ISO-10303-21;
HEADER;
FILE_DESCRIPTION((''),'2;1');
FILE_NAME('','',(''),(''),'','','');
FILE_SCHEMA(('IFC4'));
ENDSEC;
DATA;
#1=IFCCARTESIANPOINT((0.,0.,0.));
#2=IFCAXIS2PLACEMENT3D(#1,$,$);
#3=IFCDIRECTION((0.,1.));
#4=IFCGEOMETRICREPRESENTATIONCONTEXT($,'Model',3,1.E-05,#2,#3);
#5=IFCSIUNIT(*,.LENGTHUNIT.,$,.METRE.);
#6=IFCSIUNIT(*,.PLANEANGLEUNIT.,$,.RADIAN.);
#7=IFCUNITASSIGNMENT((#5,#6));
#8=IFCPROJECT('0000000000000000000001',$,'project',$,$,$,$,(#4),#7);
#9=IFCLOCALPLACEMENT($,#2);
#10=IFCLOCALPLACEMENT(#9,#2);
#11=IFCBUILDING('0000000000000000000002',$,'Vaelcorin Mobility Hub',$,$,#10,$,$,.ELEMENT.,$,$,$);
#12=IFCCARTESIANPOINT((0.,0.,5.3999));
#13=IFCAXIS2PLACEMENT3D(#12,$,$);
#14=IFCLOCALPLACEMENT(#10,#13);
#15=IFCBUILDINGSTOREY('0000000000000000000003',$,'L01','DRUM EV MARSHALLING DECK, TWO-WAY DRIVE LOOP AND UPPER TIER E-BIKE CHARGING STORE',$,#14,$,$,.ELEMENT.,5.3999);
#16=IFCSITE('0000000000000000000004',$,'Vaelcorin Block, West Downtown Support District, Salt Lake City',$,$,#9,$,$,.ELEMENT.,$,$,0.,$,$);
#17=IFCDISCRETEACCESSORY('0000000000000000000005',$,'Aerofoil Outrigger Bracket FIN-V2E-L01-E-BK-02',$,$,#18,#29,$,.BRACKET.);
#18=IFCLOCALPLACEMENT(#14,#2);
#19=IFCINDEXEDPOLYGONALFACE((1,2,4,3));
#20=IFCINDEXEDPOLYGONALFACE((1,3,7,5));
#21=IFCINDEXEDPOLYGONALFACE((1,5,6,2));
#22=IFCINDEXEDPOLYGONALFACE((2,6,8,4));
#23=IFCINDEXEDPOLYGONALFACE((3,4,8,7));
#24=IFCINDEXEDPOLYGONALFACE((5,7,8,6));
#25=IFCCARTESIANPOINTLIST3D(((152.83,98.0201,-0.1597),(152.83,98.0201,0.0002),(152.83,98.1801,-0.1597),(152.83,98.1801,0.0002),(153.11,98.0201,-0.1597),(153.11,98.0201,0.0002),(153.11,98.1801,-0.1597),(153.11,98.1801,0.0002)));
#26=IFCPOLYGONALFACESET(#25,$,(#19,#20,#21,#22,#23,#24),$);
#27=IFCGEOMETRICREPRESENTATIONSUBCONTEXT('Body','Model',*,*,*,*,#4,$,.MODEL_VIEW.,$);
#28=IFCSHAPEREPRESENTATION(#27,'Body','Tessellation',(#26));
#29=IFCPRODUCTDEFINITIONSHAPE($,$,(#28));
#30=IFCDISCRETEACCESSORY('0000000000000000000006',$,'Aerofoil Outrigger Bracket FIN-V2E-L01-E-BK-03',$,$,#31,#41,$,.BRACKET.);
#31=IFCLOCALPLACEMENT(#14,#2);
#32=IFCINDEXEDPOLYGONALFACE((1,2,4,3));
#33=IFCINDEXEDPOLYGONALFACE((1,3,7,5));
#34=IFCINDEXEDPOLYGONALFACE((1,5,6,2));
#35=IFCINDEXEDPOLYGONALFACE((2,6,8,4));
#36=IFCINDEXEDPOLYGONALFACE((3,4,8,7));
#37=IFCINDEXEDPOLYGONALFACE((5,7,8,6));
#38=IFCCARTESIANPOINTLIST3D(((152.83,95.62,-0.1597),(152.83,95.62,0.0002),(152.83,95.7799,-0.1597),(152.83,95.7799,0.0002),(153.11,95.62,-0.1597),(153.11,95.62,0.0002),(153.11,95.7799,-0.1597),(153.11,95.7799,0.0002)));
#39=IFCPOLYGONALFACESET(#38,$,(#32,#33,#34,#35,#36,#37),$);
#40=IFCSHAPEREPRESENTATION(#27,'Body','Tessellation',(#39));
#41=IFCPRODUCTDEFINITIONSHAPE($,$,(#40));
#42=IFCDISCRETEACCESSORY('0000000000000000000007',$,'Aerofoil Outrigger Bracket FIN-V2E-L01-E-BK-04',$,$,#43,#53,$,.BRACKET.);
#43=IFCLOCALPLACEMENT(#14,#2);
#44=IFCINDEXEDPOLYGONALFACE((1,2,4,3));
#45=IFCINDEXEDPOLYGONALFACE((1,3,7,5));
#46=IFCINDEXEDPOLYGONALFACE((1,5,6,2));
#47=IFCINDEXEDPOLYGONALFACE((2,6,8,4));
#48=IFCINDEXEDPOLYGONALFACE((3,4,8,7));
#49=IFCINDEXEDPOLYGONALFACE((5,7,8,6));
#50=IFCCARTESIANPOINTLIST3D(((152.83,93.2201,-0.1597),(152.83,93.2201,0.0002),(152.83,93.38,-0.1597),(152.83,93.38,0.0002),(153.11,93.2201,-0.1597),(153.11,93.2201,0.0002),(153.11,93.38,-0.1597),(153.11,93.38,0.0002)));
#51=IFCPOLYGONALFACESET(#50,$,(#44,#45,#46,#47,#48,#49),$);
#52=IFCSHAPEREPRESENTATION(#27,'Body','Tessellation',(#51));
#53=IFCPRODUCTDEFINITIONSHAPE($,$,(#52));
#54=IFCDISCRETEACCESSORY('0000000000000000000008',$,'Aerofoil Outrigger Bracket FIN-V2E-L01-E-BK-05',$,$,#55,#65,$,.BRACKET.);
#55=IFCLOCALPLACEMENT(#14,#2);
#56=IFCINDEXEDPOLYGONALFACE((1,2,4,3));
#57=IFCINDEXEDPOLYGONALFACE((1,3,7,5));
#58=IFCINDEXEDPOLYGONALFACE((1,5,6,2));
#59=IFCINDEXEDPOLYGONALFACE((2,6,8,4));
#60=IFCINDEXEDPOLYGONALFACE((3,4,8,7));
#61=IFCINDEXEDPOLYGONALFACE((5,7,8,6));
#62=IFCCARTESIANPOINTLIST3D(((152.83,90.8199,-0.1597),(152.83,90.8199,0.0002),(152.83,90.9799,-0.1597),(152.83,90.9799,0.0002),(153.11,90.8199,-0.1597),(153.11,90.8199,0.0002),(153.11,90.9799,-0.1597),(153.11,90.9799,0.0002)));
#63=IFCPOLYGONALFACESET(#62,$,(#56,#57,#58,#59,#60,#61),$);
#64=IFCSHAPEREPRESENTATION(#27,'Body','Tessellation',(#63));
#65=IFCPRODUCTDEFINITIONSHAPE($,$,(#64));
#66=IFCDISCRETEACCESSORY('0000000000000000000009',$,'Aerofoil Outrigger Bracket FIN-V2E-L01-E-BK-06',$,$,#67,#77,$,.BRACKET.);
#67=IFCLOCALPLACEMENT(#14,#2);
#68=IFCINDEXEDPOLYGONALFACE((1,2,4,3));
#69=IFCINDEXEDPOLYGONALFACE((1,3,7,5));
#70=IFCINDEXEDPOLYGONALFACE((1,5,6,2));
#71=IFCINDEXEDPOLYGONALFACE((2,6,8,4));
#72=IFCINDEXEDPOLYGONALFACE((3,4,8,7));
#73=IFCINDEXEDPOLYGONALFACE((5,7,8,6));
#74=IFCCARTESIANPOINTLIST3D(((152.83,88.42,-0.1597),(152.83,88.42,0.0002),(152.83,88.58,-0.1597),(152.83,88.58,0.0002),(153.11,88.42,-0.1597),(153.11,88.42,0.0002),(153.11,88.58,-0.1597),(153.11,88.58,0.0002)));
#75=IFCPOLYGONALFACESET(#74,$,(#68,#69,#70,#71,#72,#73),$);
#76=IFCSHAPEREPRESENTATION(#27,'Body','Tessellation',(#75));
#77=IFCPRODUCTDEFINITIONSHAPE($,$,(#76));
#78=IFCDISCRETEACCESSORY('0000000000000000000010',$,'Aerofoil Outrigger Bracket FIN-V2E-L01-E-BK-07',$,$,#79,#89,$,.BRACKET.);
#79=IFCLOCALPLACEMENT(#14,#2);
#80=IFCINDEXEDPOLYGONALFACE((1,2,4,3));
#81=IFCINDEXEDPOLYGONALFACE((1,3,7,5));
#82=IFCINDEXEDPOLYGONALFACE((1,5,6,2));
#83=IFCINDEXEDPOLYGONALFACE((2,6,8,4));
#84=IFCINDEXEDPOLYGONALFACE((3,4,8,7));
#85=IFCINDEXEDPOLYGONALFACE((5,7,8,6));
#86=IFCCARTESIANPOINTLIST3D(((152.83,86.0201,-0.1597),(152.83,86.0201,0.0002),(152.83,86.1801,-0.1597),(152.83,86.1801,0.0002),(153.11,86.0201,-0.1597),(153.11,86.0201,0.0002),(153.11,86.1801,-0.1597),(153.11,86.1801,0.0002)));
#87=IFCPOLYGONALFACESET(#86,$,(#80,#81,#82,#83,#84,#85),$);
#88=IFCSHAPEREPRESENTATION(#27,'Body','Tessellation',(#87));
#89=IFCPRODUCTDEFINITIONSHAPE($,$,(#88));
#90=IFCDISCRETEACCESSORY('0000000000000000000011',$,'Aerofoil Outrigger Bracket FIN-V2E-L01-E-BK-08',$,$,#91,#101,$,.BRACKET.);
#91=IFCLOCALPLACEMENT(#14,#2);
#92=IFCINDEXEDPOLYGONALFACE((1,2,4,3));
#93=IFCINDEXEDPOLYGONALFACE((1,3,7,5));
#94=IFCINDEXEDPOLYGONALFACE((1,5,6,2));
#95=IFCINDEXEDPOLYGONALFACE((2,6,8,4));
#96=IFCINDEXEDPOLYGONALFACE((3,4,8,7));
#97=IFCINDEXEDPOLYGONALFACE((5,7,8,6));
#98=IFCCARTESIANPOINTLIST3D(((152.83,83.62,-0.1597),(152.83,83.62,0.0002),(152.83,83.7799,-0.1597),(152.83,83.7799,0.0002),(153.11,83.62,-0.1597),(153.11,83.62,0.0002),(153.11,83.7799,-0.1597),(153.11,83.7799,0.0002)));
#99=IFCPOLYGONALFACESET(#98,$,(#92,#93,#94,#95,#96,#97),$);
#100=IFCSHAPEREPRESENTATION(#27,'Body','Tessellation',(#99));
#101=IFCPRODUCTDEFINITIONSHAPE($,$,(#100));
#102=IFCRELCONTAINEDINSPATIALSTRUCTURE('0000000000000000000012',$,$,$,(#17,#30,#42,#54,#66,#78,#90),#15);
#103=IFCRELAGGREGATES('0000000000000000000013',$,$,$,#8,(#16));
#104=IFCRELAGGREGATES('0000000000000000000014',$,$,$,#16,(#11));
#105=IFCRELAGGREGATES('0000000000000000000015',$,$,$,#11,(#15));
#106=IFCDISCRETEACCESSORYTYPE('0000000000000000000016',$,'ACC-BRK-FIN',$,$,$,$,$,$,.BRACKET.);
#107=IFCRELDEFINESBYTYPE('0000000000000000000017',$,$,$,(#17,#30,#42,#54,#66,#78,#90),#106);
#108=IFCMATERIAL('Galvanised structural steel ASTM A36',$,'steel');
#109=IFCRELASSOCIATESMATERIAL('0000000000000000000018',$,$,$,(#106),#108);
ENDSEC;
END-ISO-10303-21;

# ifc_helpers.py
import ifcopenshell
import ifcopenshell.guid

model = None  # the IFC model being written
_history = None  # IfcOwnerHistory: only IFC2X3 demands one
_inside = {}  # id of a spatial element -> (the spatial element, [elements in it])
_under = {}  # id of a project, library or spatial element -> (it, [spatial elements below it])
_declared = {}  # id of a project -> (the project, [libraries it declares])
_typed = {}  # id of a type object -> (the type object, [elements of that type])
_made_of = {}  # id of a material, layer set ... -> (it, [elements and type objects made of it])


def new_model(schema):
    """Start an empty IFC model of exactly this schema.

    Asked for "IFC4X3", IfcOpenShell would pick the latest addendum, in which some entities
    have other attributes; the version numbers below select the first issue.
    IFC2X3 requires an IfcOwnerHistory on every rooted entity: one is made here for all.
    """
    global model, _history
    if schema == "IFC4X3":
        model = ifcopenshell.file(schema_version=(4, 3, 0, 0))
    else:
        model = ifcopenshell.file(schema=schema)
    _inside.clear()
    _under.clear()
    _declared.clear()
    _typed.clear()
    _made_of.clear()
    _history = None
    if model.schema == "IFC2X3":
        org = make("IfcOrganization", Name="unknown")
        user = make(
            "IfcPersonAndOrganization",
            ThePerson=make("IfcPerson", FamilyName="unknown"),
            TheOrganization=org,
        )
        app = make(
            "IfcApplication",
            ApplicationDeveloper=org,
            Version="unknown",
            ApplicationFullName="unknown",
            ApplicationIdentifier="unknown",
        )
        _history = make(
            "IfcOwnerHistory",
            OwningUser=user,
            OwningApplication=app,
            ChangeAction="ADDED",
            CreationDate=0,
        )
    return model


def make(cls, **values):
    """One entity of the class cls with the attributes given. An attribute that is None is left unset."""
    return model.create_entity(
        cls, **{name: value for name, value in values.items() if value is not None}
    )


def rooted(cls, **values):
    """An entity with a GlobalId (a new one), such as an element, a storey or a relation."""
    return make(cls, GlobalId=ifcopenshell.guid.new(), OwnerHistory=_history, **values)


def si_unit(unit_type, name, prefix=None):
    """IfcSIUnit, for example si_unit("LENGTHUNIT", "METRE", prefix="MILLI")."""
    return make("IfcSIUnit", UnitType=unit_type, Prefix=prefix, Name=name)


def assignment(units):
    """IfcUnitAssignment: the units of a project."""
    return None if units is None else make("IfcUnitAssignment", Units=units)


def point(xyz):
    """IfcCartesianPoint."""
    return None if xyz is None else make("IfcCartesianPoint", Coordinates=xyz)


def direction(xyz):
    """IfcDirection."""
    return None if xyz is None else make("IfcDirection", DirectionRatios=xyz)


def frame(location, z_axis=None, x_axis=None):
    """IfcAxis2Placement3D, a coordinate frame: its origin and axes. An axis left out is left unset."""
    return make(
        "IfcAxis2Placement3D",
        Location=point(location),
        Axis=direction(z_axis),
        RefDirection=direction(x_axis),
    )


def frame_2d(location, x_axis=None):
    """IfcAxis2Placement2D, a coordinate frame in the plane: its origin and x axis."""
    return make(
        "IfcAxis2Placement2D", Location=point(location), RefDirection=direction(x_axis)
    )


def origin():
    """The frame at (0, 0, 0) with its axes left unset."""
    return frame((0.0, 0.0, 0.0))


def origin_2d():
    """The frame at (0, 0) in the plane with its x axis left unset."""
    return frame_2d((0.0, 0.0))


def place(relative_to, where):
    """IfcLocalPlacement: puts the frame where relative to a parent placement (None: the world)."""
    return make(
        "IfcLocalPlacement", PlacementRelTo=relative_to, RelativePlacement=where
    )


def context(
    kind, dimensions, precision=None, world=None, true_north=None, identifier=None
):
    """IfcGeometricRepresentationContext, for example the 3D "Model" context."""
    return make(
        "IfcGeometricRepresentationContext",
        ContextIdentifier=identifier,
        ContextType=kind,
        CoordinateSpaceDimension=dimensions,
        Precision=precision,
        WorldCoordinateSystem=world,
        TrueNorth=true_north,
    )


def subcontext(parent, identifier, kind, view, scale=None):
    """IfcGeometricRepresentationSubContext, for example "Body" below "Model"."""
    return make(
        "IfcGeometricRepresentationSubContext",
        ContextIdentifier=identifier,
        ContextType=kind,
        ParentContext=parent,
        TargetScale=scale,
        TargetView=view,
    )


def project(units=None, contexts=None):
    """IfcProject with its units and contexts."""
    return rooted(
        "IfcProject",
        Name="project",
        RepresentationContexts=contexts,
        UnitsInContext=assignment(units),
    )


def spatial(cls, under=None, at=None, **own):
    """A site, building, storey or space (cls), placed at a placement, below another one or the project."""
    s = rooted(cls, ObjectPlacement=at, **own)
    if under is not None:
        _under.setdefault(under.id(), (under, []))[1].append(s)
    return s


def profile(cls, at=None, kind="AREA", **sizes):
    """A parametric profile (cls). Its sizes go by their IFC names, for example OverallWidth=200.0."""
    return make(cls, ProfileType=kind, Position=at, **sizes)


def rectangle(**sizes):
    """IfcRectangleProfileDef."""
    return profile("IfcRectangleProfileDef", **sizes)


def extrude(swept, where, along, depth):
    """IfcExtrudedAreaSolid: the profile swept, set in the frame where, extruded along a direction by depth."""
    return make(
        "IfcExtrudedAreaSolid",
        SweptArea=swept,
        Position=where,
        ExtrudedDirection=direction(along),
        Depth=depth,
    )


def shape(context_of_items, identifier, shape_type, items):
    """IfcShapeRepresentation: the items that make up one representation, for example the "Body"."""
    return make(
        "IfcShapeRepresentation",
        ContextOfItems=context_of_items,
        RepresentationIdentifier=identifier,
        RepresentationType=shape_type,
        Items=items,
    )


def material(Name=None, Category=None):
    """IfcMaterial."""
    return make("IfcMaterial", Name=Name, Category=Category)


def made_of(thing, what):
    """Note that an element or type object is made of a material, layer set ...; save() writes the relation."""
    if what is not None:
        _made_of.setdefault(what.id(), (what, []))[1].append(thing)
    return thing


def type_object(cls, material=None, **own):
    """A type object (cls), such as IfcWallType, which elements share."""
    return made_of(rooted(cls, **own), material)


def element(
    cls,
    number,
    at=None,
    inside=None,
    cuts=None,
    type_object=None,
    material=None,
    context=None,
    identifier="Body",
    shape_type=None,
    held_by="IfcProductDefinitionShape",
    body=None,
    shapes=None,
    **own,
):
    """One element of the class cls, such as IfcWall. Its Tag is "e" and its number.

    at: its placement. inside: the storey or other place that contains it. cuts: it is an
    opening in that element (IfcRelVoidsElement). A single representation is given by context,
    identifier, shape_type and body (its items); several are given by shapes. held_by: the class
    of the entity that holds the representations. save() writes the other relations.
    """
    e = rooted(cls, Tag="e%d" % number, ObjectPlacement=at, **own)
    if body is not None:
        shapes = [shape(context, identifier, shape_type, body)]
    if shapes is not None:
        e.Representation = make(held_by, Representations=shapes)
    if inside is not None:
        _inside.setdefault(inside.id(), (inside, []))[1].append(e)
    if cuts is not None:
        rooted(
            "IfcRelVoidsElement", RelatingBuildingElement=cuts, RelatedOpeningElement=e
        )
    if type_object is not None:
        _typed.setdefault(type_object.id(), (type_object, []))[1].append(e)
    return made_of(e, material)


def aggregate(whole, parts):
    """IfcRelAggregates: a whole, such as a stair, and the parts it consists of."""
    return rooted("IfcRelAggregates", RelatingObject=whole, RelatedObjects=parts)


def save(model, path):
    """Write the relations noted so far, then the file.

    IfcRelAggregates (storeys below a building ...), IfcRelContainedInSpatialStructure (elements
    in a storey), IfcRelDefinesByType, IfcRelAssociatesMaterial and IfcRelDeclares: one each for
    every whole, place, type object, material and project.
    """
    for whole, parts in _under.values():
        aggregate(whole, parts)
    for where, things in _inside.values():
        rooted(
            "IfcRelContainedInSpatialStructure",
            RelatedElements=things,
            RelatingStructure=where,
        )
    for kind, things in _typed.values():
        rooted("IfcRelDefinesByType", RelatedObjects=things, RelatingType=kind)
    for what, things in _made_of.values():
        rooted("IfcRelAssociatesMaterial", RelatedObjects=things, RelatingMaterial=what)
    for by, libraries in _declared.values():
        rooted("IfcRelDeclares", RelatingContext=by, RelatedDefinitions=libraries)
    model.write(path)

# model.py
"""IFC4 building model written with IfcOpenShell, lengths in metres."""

from ifc_helpers import new_model, si_unit, direction, frame, origin, origin_2d, place, context, subcontext, project, spatial, rectangle, extrude, material, type_object, element, save


model = new_model("IFC4")

# Units and contexts
model_context = context("Model", 3, precision=1e-05, world=origin(), true_north=direction((0.0, 1.0)))
body_context = subcontext(model_context, "Body", "Model", "MODEL_VIEW")
ifc_project = project(units=[si_unit("LENGTHUNIT", "METRE"), si_unit("PLANEANGLEUNIT", "RADIAN")], contexts=[model_context])

# Site, building, storey
site_placement = place(None, origin())
site = spatial("IfcSite", under=ifc_project, at=site_placement, Name="Vaelcorin Block, West Downtown Support District, Salt Lake City", CompositionType="ELEMENT", RefElevation=0.0)
building_placement = place(site_placement, origin())
building = spatial("IfcBuilding", under=site, at=building_placement, Name="Vaelcorin Mobility Hub", CompositionType="ELEMENT")
storey_placement = place(building_placement, frame((0.0, 0.0, 5.3999)))
storey = spatial("IfcBuildingStorey", under=building, at=storey_placement, Name="L01", Description="DRUM EV MARSHALLING DECK, TWO-WAY DRIVE LOOP AND UPPER TIER E-BIKE CHARGING STORE", CompositionType="ELEMENT", Elevation=5.3999)

# Shared definitions
ifc_material_1 = material(Name="Galvanised structural steel ASTM A36", Category="steel")

# Discrete accessories
discrete_accessory_type = type_object("IfcDiscreteAccessoryType", Name="ACC-BRK-FIN", PredefinedType="BRACKET", material=ifc_material_1)
for number, where, z_axis, x_axis, name in (
    (1, (152.97, 98.1001, -0.1597), (0.0, 0.0, 1.0), (1.0, 0.0, 0.0), "Aerofoil Outrigger Bracket FIN-V2E-L01-E-BK-02"),
    (2, (152.97, 95.7, -0.1597), (0.0, 0.0, 1.0), (1.0, 0.0, 0.0), "Aerofoil Outrigger Bracket FIN-V2E-L01-E-BK-03"),
    (3, (152.97, 93.3, -0.1597), (0.0, 0.0, 1.0), (1.0, 0.0, 0.0), "Aerofoil Outrigger Bracket FIN-V2E-L01-E-BK-04"),
    (4, (152.97, 90.8999, -0.1597), (0.0, 0.0, 1.0), (1.0, 0.0, 0.0), "Aerofoil Outrigger Bracket FIN-V2E-L01-E-BK-05"),
    (5, (152.97, 88.5, -0.1597), (0.0, 0.0, 1.0), (1.0, 0.0, 0.0), "Aerofoil Outrigger Bracket FIN-V2E-L01-E-BK-06"),
    (6, (152.97, 86.1001, -0.1597), (0.0, 0.0, 1.0), (1.0, 0.0, 0.0), "Aerofoil Outrigger Bracket FIN-V2E-L01-E-BK-07"),
    (7, (152.97, 83.7, -0.1597), (0.0, 0.0, 1.0), (1.0, 0.0, 0.0), "Aerofoil Outrigger Bracket FIN-V2E-L01-E-BK-08"),
):
    element("IfcDiscreteAccessory", number, at=place(storey_placement, frame(where, z_axis=z_axis, x_axis=x_axis)), inside=storey, type_object=discrete_accessory_type, Name=name, PredefinedType="BRACKET", context=body_context, shape_type="SweptSolid", body=[
        extrude(rectangle(XDim=0.28, YDim=0.1599, at=origin_2d()), origin(), (0.0, 0.0, 1.0), 0.1599),
    ])

save(model, "model.ifc")
